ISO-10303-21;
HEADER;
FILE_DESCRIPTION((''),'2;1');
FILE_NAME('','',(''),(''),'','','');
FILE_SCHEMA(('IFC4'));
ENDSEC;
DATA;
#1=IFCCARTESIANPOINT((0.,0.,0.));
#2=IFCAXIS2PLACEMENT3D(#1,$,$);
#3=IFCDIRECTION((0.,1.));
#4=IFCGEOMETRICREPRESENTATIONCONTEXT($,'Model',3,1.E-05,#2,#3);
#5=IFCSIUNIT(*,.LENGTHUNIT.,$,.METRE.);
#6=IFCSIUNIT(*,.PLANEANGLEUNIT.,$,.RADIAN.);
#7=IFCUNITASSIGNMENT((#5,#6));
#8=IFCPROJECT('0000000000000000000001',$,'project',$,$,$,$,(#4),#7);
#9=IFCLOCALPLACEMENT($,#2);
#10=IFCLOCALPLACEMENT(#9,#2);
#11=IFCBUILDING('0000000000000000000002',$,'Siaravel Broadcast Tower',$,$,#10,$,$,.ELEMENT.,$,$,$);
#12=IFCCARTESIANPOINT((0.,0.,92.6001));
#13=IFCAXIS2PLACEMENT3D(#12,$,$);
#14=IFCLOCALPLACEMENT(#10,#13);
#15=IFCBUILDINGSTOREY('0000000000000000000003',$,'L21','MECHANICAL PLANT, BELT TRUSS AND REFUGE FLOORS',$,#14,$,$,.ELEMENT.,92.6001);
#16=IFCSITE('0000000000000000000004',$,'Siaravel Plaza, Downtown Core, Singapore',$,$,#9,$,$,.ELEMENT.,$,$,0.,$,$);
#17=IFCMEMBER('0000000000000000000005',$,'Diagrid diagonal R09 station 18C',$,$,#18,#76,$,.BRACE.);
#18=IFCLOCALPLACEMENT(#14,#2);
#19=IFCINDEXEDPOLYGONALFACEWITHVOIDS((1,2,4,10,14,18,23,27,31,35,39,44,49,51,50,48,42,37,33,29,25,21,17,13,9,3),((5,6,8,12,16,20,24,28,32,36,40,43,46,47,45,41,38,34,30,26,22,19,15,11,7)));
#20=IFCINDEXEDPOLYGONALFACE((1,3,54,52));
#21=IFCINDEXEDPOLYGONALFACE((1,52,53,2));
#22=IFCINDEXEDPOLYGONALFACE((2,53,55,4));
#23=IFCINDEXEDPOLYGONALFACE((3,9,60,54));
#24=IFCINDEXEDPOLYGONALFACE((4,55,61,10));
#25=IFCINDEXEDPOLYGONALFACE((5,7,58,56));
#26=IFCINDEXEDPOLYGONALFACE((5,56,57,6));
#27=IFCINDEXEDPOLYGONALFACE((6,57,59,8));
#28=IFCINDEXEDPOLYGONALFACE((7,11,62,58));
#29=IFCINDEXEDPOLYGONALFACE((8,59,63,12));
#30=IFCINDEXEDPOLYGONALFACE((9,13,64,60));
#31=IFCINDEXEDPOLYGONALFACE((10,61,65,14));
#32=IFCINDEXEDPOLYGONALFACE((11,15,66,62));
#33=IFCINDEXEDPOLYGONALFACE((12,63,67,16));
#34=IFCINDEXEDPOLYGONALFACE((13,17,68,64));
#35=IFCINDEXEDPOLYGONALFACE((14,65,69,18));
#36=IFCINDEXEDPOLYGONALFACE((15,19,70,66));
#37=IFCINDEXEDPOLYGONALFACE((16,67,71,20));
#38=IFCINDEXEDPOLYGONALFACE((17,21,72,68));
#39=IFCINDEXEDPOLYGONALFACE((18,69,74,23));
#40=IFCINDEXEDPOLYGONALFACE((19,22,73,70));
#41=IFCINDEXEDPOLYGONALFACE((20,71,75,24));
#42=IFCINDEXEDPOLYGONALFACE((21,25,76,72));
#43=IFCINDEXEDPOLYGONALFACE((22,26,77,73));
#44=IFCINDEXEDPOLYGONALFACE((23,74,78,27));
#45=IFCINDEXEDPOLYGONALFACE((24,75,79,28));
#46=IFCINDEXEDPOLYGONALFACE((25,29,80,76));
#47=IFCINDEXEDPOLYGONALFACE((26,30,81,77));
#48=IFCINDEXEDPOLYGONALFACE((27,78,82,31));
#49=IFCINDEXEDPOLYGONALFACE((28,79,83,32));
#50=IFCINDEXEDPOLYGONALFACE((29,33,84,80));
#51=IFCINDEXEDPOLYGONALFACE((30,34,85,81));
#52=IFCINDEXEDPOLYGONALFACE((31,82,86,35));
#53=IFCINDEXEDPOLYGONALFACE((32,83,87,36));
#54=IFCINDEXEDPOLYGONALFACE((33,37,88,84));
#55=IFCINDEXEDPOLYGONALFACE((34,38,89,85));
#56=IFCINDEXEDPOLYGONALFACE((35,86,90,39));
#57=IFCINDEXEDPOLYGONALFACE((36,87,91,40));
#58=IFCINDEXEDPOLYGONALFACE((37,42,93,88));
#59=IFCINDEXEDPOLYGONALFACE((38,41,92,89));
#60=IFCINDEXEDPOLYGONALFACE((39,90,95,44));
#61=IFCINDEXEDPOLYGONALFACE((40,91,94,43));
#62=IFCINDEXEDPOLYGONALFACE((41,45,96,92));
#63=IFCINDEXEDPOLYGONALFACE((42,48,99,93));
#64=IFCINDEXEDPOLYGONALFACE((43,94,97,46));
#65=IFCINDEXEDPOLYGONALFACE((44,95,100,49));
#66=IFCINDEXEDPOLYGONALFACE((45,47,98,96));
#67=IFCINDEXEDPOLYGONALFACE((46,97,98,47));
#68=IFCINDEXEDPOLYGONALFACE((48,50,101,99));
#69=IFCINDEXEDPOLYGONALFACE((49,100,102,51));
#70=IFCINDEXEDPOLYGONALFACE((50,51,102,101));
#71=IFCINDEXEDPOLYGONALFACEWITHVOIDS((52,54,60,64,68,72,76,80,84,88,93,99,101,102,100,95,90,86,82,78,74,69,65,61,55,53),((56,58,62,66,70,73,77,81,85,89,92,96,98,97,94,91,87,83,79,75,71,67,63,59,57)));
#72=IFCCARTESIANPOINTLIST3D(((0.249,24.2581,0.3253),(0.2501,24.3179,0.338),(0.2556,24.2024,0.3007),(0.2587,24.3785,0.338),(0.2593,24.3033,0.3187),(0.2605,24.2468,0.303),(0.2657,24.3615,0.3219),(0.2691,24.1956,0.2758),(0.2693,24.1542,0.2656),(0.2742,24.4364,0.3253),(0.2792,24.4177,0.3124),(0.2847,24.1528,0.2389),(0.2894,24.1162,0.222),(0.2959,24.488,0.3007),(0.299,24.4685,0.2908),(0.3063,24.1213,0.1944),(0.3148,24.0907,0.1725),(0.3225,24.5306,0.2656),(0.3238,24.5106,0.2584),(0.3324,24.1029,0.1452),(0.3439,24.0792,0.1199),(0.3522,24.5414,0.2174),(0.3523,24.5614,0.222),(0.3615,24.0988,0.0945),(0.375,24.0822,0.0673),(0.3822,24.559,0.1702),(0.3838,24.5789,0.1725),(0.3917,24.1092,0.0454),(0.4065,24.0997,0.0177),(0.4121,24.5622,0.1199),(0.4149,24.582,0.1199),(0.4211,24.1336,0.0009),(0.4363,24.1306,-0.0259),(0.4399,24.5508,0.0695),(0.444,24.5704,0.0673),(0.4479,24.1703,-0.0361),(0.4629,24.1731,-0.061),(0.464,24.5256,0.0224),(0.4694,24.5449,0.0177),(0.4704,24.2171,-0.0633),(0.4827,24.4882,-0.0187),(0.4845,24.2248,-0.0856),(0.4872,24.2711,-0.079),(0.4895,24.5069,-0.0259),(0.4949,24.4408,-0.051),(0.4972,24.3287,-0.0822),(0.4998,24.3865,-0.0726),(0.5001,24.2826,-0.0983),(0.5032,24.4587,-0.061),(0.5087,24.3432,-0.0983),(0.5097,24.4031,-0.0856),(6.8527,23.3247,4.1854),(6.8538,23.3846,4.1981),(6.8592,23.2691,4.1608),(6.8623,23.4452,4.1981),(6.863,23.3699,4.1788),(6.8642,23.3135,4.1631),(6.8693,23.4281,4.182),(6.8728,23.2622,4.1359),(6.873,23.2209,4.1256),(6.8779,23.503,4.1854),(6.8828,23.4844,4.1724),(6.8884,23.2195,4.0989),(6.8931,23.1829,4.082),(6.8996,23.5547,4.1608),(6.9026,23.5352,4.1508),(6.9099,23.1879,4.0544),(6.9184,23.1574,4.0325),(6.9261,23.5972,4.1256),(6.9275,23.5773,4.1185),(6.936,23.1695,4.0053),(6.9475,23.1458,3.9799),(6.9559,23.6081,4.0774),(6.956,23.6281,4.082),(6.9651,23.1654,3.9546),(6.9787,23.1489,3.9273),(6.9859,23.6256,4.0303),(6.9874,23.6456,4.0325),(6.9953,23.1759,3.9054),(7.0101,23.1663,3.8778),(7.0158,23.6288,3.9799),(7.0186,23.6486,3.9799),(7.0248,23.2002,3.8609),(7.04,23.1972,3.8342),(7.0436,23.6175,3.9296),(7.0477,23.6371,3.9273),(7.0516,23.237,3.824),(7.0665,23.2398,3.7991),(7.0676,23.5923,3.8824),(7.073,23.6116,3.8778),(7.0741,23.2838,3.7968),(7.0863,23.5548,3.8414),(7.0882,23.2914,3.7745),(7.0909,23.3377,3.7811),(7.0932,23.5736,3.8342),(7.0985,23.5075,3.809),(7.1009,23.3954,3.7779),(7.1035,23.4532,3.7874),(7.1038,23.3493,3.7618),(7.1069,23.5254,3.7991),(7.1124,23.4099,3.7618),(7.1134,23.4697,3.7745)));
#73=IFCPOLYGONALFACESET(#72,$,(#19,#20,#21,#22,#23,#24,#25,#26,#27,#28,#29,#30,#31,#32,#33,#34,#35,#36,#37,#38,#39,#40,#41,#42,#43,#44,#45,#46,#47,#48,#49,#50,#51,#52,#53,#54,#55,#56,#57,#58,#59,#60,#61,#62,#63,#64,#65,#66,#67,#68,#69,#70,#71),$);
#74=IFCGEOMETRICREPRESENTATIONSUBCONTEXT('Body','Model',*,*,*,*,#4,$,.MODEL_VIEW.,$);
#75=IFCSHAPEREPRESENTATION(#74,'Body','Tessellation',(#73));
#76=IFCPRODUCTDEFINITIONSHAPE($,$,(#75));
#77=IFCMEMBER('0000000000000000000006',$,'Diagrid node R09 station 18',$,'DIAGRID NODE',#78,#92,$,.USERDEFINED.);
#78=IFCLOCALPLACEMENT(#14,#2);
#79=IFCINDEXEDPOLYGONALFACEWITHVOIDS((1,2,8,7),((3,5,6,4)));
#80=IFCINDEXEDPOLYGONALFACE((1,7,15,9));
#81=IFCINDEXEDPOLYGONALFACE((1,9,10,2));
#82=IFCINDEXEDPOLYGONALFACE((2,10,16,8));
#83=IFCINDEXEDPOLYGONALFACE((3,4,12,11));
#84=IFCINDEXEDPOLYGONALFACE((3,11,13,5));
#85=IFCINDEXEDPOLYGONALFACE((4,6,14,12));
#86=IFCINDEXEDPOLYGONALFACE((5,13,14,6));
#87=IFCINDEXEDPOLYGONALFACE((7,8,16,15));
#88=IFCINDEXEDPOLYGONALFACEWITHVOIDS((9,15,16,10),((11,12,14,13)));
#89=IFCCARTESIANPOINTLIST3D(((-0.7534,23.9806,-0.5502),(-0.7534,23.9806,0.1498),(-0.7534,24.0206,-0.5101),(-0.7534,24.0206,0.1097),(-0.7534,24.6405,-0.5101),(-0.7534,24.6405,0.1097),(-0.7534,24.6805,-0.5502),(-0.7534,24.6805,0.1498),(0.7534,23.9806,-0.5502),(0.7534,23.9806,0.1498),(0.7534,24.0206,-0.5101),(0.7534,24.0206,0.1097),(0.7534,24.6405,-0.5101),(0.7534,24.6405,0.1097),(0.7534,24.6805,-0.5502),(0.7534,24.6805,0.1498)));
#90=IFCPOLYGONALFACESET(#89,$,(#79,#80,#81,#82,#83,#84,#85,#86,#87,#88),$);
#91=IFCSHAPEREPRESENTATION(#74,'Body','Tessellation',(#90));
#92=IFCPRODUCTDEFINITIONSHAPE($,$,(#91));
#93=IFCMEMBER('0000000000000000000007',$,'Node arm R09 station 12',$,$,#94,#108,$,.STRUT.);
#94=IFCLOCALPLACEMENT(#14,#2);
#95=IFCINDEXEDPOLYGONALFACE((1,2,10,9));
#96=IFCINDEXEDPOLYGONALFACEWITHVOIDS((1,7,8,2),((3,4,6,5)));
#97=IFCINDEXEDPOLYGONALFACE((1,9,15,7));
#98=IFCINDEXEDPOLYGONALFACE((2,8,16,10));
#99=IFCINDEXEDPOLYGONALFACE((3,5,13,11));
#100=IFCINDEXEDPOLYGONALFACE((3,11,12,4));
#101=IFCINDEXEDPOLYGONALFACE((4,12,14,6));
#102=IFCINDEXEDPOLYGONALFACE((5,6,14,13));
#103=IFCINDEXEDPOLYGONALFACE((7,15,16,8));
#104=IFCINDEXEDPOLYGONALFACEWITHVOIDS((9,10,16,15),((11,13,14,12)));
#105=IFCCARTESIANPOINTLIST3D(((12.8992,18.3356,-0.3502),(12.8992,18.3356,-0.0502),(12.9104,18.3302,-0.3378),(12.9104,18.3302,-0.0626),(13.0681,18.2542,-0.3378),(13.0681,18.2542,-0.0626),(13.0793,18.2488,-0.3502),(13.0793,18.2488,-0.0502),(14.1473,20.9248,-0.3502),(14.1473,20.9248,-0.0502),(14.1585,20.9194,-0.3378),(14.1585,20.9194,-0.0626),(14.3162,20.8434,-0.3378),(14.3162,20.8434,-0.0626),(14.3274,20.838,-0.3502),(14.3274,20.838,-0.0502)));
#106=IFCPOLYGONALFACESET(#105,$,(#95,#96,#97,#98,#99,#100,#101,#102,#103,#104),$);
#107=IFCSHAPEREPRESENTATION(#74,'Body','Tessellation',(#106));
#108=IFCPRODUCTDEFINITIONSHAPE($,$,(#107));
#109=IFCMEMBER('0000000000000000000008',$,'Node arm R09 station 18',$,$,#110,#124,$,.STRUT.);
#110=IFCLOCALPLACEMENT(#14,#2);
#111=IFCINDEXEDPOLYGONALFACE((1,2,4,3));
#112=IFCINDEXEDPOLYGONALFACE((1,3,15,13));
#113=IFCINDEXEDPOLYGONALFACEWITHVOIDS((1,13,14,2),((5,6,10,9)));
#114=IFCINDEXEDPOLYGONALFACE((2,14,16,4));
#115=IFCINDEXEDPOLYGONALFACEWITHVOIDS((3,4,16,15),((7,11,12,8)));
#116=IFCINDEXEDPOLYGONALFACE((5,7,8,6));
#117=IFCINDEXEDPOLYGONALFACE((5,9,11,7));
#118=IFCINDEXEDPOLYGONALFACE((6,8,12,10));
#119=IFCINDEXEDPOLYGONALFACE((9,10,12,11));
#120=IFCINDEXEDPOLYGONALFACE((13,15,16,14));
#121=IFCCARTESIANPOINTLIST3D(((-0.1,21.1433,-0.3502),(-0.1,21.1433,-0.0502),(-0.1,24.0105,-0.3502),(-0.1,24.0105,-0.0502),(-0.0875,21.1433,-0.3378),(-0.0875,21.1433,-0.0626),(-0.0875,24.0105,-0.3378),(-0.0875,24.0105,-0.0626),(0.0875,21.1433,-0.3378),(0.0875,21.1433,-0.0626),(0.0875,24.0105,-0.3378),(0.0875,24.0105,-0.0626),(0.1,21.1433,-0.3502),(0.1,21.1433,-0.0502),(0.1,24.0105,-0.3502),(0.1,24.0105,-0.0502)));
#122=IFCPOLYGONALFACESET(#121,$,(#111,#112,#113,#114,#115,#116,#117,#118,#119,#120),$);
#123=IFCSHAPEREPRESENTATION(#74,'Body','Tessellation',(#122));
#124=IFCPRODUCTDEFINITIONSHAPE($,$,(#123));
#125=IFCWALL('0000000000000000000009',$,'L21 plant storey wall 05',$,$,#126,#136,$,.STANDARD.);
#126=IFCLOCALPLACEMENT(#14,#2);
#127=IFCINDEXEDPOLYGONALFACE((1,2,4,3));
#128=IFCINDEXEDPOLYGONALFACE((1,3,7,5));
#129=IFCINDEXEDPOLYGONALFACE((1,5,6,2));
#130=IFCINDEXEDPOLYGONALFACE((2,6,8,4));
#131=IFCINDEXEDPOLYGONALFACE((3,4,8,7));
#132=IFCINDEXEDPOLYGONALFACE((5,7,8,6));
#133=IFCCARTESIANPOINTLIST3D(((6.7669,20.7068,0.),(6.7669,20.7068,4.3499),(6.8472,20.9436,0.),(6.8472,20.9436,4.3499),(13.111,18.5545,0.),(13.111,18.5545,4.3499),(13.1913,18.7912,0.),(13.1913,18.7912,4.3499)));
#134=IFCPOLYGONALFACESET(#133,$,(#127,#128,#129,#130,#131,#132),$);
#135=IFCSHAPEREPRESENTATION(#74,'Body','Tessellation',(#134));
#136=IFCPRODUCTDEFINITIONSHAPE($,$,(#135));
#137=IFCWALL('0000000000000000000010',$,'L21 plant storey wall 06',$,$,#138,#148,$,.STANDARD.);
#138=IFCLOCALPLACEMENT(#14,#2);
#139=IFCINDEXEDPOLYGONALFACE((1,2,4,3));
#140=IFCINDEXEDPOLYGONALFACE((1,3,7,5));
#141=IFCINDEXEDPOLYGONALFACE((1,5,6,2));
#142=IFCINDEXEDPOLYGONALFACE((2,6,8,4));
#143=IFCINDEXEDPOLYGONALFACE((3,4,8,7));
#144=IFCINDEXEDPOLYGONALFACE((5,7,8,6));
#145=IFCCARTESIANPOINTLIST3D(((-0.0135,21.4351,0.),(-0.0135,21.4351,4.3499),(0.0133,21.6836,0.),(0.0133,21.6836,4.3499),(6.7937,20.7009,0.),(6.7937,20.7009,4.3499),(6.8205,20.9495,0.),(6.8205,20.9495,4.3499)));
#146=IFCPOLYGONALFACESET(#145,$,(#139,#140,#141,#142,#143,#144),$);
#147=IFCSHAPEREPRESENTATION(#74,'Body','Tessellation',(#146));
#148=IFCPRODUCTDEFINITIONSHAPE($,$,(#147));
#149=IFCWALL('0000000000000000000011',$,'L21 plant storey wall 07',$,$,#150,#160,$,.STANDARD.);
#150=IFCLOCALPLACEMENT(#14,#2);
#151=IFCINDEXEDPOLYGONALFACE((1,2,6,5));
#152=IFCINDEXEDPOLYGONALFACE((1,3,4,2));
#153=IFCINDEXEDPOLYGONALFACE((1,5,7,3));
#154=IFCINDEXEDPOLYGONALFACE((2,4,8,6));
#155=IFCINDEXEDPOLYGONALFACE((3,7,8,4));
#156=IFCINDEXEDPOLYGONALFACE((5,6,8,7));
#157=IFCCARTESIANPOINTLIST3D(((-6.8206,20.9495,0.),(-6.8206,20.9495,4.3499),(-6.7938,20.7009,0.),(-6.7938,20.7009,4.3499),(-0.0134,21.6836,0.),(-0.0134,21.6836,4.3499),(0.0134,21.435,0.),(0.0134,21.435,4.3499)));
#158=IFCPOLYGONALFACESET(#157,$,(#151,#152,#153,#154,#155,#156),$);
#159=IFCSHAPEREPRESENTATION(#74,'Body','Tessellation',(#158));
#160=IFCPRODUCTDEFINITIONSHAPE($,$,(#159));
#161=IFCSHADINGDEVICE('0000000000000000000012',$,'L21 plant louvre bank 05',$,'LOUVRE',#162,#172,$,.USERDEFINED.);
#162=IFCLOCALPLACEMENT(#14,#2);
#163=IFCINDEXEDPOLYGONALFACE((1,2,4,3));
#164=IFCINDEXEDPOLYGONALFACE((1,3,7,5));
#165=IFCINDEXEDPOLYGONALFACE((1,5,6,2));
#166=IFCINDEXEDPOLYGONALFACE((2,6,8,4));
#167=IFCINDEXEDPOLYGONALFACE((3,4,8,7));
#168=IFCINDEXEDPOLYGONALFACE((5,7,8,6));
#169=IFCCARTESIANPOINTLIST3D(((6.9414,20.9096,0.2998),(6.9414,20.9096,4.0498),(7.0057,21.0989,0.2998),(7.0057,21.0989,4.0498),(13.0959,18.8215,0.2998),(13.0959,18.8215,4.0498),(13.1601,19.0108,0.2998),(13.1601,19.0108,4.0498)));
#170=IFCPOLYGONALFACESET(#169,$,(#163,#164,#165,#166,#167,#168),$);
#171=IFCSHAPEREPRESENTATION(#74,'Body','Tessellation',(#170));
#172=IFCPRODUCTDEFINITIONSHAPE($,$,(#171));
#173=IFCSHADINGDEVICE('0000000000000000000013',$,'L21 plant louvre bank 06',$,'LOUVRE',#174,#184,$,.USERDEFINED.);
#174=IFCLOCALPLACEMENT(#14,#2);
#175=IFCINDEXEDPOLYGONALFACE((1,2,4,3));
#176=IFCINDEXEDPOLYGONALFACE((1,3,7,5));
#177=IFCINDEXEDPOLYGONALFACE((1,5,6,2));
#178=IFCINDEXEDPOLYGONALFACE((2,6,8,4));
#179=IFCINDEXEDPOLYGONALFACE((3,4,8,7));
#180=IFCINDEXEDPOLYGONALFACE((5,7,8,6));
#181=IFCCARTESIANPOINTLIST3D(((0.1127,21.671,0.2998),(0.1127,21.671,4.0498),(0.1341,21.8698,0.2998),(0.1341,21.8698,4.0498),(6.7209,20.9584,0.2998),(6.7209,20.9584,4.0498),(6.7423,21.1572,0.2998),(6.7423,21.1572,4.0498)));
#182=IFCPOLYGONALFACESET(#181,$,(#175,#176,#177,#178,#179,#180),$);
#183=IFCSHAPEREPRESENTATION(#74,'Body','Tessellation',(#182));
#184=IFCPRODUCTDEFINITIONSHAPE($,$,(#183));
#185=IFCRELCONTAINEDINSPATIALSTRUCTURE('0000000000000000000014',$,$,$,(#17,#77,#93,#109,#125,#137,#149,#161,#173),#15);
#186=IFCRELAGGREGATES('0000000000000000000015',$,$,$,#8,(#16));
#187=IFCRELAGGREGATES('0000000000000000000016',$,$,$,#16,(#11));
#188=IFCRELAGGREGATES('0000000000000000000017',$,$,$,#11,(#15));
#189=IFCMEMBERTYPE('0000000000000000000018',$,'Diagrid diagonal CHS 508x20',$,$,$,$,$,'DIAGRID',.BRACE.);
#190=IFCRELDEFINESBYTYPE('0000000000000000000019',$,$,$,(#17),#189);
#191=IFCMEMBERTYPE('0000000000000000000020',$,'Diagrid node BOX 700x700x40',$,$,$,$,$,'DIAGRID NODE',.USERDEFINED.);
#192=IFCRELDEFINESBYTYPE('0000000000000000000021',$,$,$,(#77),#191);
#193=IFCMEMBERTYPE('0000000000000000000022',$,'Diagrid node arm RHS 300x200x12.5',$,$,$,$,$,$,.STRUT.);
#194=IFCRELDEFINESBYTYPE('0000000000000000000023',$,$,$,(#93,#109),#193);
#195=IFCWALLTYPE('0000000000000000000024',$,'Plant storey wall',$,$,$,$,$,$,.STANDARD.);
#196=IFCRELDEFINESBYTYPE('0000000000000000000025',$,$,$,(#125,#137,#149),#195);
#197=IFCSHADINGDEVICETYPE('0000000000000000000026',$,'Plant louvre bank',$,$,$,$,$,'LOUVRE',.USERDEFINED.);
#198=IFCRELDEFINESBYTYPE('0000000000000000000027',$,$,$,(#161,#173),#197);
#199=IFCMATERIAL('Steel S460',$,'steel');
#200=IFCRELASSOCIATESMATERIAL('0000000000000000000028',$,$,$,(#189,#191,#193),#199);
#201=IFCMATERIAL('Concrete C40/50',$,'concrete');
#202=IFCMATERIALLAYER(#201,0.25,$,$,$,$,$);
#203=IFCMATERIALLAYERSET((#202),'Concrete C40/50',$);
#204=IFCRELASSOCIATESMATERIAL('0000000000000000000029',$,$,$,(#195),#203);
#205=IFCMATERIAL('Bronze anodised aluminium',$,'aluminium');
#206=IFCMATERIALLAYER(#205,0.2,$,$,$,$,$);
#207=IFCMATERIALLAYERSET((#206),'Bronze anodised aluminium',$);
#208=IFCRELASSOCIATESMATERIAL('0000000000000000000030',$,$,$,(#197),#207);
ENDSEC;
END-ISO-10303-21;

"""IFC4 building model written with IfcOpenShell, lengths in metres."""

from ifc_helpers import new_model, si_unit, direction, frame, frame_2d, origin, origin_2d, place, context, subcontext, project, spatial, rectangle, hollow_rectangle, hollow_circle, extrude, material, layer, layer_set, material_profile, profile_set, type_object, element, save


model = new_model("IFC4")

# Units and contexts
model_context = context("Model", 3, precision=1e-05, world=origin(), true_north=direction((0.0, 1.0)))
body_context = subcontext(model_context, "Body", "Model", "MODEL_VIEW")
ifc_project = project(units=[si_unit("LENGTHUNIT", "METRE"), si_unit("PLANEANGLEUNIT", "RADIAN")], contexts=[model_context])

# Site, building, storey
site_placement = place(None, origin())
site = spatial("IfcSite", under=ifc_project, at=site_placement, Name="Siaravel Plaza, Downtown Core, Singapore", CompositionType="ELEMENT", RefElevation=0.0)
building_placement = place(site_placement, origin())
building = spatial("IfcBuilding", under=site, at=building_placement, Name="Siaravel Broadcast Tower", CompositionType="ELEMENT")
storey_placement = place(building_placement, frame((0.0, 0.0, 92.6001)))
storey = spatial("IfcBuildingStorey", under=building, at=storey_placement, Name="L21", Description="MECHANICAL PLANT, BELT TRUSS AND REFUGE FLOORS", CompositionType="ELEMENT", Elevation=92.6001)

# Shared definitions
ifc_material_1 = material(Name="Steel S460", Category="steel")

# Members
ifc_material_profile_1 = material_profile(ifc_material_1, hollow_circle(Radius=0.2539, WallThickness=0.02, at=origin_2d()))
ifc_profile_set_1 = profile_set([ifc_material_profile_1], Name="Steel S460")
member_type_1 = type_object("IfcMemberType", Name="Diagrid diagonal CHS 508x20", ElementType="DIAGRID", PredefinedType="BRACE", material=ifc_profile_set_1)
member_1_placement = place(storey_placement, frame((0.3794, 24.3306, 0.1199), z_axis=(0.856972, -0.121121, 0.500927), x_axis=(0.139945, 0.990159, 0.0)))
element("IfcMember", 1, at=member_1_placement, inside=storey, type_object=member_type_1, Name="Diagrid diagonal R09 station 18C", PredefinedType="BRACE", context=body_context, shape_type="SweptSolid", body=[
    extrude(hollow_circle(Radius=0.2539, WallThickness=0.02, at=origin_2d()), origin(), (0.0, 0.0, 1.0), 7.7058),
])
ifc_material_profile_2 = material_profile(ifc_material_1, hollow_rectangle(XDim=0.7, YDim=0.7, WallThickness=0.04, at=origin_2d()))
ifc_profile_set_2 = profile_set([ifc_material_profile_2], Name="Steel S460")
member_type_2 = type_object("IfcMemberType", Name="Diagrid node BOX 700x700x40", ElementType="DIAGRID NODE", PredefinedType="USERDEFINED", material=ifc_profile_set_2)
member_2_placement = place(storey_placement, frame((0.7534, 24.3306, -0.2002), z_axis=(-1.0, 0.0, 0.0), x_axis=(0.0, -1.0, 0.0)))
element("IfcMember", 2, at=member_2_placement, inside=storey, type_object=member_type_2, Name="Diagrid node R09 station 18", ObjectType="DIAGRID NODE", PredefinedType="USERDEFINED", context=body_context, shape_type="SweptSolid", body=[
    extrude(hollow_rectangle(XDim=0.7, YDim=0.7, WallThickness=0.04, at=origin_2d()), origin(), (0.0, 0.0, 1.0), 1.5068),
])
ifc_material_profile_3 = material_profile(ifc_material_1, hollow_rectangle(XDim=0.2, YDim=0.3, WallThickness=0.0125, at=origin_2d()))
ifc_profile_set_3 = profile_set([ifc_material_profile_3], Name="Steel S460")
member_type_3 = type_object("IfcMemberType", Name="Diagrid node arm RHS 300x200x12.5", PredefinedType="STRUT", material=ifc_profile_set_3)
member_3_placement = place(storey_placement, frame((12.9893, 18.2922, -0.2002), z_axis=(0.434222, 0.900806, 0.0), x_axis=(-0.900806, 0.434222, 0.0)))
element("IfcMember", 3, at=member_3_placement, inside=storey, type_object=member_type_3, Name="Node arm R09 station 12", PredefinedType="STRUT", context=body_context, shape_type="SweptSolid", body=[
    extrude(hollow_rectangle(XDim=0.2, YDim=0.3, WallThickness=0.0125, at=origin_2d()), origin(), (0.0, 0.0, 1.0), 2.8743),
])
member_4_placement = place(storey_placement, frame((0.0, 21.1433, -0.2002), z_axis=(0.0, 1.0, 0.0), x_axis=(-1.0, 0.0, 0.0)))
element("IfcMember", 4, at=member_4_placement, inside=storey, type_object=member_type_3, Name="Node arm R09 station 18", PredefinedType="STRUT", context=body_context, shape_type="SweptSolid", body=[
    extrude(hollow_rectangle(XDim=0.2, YDim=0.3, WallThickness=0.0125, at=origin_2d()), origin(), (0.0, 0.0, 1.0), 2.8672),
])

# Walls
ifc_material_2 = material(Name="Concrete C40/50", Category="concrete")
ifc_layer_1 = layer(ifc_material_2, 0.25)
ifc_layer_set_1 = layer_set([ifc_layer_1], Name="Concrete C40/50")
wall_type = type_object("IfcWallType", Name="Plant storey wall", PredefinedType="STANDARD", material=ifc_layer_set_1)
wall_placement = place(storey_placement, frame((13.1511, 18.6729, 0.0), z_axis=(0.0, 0.0, 1.0), x_axis=(-0.946982, 0.321285, 0.0)))
element("IfcWall", 5, at=wall_placement, inside=storey, type_object=wall_type, Name="L21 plant storey wall 05", PredefinedType="STANDARD", context=body_context, shape_type="SweptSolid", body=[
    extrude(rectangle(XDim=6.6992, YDim=0.25, at=frame_2d((3.3496, 0.0))), origin(), (0.0, 0.0, 1.0), 4.3499),
])
for number, where, z_axis, x_axis, name in (
    (6, (6.8071, 20.8252, 0.0), (0.0, 0.0, 1.0), (-0.994235, 0.107226, 0.0), "L21 plant storey wall 06"),
    (7, (0.0, 21.5593, 0.0), (0.0, 0.0, 1.0), (-0.994235, -0.107226, 0.0), "L21 plant storey wall 07"),
):
    element("IfcWall", number, at=place(storey_placement, frame(where, z_axis=z_axis, x_axis=x_axis)), inside=storey, type_object=wall_type, Name=name, PredefinedType="STANDARD", context=body_context, shape_type="SweptSolid", body=[
        extrude(rectangle(XDim=6.8467, YDim=0.25, at=frame_2d((3.4233, 0.0))), origin(), (0.0, 0.0, 1.0), 4.3499),
    ])

# Shading devices
ifc_material_3 = material(Name="Bronze anodised aluminium", Category="aluminium")
ifc_layer_2 = layer(ifc_material_3, 0.2)
ifc_layer_set_2 = layer_set([ifc_layer_2], Name="Bronze anodised aluminium")
shading_device_type = type_object("IfcShadingDeviceType", Name="Plant louvre bank", ElementType="LOUVRE", PredefinedType="USERDEFINED", material=ifc_layer_set_2)
shading_device_1_placement = place(storey_placement, frame((10.0508, 19.9602, 0.2998), z_axis=(0.0, 0.0, 1.0), x_axis=(-0.946977, 0.321301, 0.0)))
element("IfcShadingDevice", 8, at=shading_device_1_placement, inside=storey, type_object=shading_device_type, Name="L21 plant louvre bank 05", ObjectType="LOUVRE", PredefinedType="USERDEFINED", context=body_context, shape_type="SweptSolid", body=[
    extrude(rectangle(XDim=6.499, YDim=0.2, at=origin_2d()), origin(), (0.0, 0.0, 1.0), 3.75),
])
shading_device_2_placement = place(storey_placement, frame((3.4275, 21.4141, 0.2998), z_axis=(0.0, 0.0, 1.0), x_axis=(-0.994236, 0.107217, 0.0)))
element("IfcShadingDevice", 9, at=shading_device_2_placement, inside=storey, type_object=shading_device_type, Name="L21 plant louvre bank 06", ObjectType="LOUVRE", PredefinedType="USERDEFINED", context=body_context, shape_type="SweptSolid", body=[
    extrude(rectangle(XDim=6.6465, YDim=0.2, at=origin_2d()), origin(), (0.0, 0.0, 1.0), 3.75),
])

save(model, "model.ifc")
